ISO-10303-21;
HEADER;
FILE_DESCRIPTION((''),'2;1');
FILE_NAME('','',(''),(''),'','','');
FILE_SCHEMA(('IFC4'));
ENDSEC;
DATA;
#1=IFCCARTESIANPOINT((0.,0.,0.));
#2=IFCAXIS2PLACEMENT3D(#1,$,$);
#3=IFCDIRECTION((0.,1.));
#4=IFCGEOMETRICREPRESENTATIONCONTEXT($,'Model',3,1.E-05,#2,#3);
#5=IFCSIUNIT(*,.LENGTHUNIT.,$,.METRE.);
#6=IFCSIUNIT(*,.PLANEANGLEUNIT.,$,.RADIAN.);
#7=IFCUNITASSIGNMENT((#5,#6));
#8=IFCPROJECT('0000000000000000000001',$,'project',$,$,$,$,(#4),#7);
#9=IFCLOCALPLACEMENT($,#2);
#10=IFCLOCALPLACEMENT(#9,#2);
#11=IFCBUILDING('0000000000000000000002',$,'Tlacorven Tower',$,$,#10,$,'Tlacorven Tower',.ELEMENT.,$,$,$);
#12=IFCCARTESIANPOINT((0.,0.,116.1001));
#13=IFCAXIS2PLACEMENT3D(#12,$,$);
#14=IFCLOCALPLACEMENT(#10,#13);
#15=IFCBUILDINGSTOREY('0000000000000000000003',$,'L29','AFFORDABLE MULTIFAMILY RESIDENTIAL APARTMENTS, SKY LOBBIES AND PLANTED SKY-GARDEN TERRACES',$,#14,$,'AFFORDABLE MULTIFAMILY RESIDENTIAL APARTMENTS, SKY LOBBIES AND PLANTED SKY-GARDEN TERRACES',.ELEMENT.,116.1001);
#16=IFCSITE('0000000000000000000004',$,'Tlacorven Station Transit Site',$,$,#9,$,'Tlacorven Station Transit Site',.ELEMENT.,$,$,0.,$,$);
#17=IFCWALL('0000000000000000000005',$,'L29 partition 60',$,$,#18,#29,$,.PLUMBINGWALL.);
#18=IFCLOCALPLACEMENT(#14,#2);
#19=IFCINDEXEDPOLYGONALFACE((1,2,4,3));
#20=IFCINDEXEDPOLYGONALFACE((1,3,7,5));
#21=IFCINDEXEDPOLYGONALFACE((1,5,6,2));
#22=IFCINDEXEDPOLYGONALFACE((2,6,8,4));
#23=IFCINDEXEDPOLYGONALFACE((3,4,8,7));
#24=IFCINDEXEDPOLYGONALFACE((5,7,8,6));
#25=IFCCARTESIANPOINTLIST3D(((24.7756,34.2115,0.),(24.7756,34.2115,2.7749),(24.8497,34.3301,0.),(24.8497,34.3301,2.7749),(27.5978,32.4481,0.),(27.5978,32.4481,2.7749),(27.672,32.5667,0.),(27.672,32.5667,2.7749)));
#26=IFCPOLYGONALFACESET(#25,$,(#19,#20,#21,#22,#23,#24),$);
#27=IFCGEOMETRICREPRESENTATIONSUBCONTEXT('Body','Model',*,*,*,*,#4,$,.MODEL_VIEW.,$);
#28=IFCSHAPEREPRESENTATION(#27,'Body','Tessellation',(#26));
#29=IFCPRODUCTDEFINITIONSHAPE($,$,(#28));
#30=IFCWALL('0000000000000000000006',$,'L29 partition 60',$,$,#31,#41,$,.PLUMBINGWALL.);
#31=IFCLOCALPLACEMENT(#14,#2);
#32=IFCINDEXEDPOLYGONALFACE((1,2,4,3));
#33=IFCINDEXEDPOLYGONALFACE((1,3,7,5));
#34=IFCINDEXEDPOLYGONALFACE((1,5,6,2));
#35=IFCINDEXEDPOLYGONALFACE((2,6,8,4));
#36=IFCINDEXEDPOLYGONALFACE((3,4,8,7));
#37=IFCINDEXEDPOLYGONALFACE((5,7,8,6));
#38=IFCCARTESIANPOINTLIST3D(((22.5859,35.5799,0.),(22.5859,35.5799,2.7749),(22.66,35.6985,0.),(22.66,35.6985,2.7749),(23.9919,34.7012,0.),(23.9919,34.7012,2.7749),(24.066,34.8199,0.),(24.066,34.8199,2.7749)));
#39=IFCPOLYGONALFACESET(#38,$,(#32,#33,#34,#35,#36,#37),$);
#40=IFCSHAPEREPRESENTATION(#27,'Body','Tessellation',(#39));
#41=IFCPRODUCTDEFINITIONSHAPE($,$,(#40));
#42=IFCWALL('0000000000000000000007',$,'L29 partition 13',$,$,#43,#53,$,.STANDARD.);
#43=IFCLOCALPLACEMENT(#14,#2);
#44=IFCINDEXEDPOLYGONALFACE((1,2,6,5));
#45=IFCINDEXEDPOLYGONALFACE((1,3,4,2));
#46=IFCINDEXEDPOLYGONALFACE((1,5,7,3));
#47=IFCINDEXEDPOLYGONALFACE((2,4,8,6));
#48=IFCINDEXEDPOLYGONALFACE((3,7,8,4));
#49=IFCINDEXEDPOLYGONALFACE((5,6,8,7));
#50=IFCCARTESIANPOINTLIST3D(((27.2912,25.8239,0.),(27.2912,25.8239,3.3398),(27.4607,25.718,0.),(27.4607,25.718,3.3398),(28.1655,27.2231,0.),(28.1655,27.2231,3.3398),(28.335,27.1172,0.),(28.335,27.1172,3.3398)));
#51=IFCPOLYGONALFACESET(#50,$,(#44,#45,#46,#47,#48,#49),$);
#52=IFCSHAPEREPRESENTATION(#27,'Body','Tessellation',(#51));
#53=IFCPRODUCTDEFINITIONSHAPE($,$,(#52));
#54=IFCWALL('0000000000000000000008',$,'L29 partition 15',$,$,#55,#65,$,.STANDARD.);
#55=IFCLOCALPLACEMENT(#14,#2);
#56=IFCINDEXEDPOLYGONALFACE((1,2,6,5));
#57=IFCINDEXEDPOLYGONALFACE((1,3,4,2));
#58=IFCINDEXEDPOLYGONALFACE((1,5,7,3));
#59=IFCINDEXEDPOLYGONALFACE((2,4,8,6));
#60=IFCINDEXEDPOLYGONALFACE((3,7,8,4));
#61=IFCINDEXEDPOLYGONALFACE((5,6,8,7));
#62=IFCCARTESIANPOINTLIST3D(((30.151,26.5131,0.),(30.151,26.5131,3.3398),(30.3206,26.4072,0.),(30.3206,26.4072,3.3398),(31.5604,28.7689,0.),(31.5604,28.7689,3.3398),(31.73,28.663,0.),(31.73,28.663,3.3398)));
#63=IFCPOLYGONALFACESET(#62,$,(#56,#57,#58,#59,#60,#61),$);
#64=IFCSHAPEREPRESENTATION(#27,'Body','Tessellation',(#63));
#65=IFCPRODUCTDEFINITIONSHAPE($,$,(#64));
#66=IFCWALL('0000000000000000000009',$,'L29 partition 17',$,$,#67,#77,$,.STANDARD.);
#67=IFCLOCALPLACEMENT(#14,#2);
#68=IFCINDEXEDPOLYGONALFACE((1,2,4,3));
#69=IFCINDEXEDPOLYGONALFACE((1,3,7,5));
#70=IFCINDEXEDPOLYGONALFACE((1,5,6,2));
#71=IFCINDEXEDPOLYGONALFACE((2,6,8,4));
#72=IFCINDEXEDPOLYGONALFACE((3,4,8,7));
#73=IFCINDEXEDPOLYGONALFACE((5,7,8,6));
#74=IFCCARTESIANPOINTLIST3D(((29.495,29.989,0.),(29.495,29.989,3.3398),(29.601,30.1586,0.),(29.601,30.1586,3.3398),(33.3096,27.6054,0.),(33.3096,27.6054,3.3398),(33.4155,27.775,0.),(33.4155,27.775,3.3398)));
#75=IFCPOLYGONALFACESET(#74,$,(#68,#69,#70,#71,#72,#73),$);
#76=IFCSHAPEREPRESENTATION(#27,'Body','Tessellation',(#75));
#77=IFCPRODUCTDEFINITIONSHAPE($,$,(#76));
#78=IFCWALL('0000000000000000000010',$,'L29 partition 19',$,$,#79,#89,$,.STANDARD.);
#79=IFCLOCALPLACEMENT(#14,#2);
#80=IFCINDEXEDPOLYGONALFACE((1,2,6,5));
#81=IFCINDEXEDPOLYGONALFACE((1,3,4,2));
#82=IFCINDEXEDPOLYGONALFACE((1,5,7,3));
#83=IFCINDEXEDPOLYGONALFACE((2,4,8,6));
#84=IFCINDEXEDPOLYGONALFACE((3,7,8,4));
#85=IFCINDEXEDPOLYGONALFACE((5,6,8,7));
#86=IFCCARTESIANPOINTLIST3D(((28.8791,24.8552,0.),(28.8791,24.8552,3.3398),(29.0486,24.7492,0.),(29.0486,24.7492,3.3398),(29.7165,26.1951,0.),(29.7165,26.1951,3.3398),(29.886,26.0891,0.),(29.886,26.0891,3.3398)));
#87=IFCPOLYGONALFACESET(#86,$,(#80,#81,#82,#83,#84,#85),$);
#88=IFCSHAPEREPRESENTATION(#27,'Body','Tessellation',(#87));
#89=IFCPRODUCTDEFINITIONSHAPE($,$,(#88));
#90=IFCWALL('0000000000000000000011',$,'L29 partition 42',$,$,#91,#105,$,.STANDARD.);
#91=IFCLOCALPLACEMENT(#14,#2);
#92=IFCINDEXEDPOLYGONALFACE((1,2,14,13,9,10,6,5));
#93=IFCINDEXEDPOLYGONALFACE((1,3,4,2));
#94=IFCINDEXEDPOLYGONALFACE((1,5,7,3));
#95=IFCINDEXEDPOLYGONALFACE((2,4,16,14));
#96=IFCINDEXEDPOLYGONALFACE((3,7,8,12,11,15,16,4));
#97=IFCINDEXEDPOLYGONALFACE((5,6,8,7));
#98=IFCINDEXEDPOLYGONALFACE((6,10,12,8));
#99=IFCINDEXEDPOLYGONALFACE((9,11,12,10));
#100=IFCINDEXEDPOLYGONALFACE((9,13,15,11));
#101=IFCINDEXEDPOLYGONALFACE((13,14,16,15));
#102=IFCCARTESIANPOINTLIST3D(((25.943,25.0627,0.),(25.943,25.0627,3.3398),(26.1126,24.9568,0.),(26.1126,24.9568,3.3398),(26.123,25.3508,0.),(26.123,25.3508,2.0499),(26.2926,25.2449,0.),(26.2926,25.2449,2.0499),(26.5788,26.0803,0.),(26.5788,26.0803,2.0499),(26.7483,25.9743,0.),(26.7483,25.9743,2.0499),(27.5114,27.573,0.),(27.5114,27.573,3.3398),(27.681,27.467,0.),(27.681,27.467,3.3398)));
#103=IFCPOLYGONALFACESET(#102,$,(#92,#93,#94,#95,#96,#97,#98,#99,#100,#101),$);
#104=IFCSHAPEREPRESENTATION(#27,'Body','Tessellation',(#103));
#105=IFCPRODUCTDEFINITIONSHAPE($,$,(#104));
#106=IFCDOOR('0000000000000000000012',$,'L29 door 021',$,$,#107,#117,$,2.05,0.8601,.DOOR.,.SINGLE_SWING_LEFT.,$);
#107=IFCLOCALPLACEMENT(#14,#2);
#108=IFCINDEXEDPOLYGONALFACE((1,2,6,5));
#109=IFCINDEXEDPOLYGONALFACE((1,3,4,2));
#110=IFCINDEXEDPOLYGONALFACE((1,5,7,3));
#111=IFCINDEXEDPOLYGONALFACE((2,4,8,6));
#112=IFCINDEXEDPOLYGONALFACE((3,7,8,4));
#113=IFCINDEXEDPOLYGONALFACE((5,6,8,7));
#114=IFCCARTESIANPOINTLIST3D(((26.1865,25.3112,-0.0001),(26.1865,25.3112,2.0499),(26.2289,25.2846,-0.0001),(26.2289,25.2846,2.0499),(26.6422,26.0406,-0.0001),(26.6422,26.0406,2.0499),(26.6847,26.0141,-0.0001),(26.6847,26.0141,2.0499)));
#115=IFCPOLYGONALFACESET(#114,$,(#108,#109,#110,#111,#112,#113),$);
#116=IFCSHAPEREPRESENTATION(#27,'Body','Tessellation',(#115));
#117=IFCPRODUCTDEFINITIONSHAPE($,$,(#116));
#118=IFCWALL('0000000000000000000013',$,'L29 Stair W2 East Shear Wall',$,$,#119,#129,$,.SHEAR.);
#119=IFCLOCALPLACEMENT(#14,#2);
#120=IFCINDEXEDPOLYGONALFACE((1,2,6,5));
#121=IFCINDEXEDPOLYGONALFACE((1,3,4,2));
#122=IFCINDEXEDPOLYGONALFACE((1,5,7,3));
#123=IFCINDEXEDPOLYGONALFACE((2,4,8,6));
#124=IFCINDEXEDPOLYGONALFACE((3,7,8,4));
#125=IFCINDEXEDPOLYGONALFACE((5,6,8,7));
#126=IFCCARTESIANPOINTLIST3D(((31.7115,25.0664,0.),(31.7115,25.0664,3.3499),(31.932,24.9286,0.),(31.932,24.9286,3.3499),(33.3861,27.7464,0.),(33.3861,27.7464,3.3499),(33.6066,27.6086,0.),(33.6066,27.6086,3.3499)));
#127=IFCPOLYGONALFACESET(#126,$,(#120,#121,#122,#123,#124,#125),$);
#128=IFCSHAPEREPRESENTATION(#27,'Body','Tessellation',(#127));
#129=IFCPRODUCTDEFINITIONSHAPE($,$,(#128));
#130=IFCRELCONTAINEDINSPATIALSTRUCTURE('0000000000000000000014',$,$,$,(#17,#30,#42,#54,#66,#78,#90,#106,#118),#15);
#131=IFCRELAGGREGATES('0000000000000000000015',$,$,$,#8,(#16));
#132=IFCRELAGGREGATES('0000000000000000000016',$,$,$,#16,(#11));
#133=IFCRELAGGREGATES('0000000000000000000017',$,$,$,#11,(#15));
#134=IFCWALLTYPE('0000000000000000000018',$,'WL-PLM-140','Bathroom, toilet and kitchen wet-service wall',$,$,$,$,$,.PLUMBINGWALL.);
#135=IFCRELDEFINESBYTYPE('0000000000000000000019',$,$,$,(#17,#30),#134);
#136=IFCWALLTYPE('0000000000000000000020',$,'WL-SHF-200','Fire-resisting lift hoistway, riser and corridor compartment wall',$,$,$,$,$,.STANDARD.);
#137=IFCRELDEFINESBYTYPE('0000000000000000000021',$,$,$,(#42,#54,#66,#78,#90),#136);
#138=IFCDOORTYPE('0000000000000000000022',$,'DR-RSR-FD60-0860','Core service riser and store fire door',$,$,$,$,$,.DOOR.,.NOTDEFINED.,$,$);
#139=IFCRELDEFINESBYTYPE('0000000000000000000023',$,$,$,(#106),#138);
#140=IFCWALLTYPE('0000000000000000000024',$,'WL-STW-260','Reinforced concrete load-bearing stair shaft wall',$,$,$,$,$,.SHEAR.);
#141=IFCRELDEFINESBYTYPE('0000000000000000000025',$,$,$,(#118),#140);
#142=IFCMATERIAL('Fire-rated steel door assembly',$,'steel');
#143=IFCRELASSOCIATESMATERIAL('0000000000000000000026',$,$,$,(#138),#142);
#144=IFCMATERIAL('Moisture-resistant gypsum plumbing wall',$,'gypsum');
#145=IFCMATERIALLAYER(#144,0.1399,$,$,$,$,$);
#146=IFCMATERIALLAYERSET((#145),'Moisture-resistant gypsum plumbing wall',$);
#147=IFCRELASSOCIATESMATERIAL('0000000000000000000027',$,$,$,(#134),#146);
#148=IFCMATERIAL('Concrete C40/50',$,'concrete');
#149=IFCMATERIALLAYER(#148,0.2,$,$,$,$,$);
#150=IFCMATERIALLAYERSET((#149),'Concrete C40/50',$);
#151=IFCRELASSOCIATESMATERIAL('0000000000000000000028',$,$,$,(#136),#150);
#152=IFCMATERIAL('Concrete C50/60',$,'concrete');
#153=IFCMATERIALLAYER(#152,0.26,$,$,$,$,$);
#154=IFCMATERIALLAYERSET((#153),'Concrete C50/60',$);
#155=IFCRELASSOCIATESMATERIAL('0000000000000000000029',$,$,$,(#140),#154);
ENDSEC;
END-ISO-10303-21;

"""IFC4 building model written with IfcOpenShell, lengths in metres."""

from ifc_helpers import new_model, si_unit, direction, frame, frame_2d, origin, place, context, subcontext, project, spatial, rectangle, extrude, source, transform, mapped, material, layer, layer_set, type_object, element, fill, save


model = new_model("IFC4")

# Units and contexts
model_context = context("Model", 3, precision=1e-05, world=origin(), true_north=direction((0.0, 1.0)))
body_context = subcontext(model_context, "Body", "Model", "MODEL_VIEW")
ifc_project = project(units=[si_unit("LENGTHUNIT", "METRE"), si_unit("PLANEANGLEUNIT", "RADIAN")], contexts=[model_context])

# Site, building, storey
site_placement = place(None, origin())
site = spatial("IfcSite", under=ifc_project, at=site_placement, Name="Tlacorven Station Transit Site", LongName="Tlacorven Station Transit Site", CompositionType="ELEMENT", RefElevation=0.0)
building_placement = place(site_placement, origin())
building = spatial("IfcBuilding", under=site, at=building_placement, Name="Tlacorven Tower", LongName="Tlacorven Tower", CompositionType="ELEMENT")
storey_placement = place(building_placement, frame((0.0, 0.0, 116.1001)))
storey = spatial("IfcBuildingStorey", under=building, at=storey_placement, Name="L29", Description="AFFORDABLE MULTIFAMILY RESIDENTIAL APARTMENTS, SKY LOBBIES AND PLANTED SKY-GARDEN TERRACES", LongName="AFFORDABLE MULTIFAMILY RESIDENTIAL APARTMENTS, SKY LOBBIES AND PLANTED SKY-GARDEN TERRACES", CompositionType="ELEMENT", Elevation=116.1001)

# Shared definitions
ifc_material_1 = material(Name="Fire-rated steel door assembly", Category="steel")
door_type_1 = type_object("IfcDoorType", Name="DR-RSR-FD60-0860", Description="Core service riser and store fire door", OperationType="NOTDEFINED", PredefinedType="DOOR", material=ifc_material_1)
shared_shape_1 = source(origin(), body_context, "Body", "SweptSolid", [
    extrude(rectangle(XDim=0.8601, YDim=2.05, at=frame_2d((0.4302, 1.0249))), frame((0.0, 0.0249, 0.0), z_axis=(0.0, -1.0, 0.0), x_axis=(1.0, 0.0, 0.0)), (0.0, 0.0, 1.0), 0.05),
])

# Shared definitions
ifc_material_2 = material(Name="Moisture-resistant gypsum plumbing wall", Category="gypsum")
ifc_layer_1 = layer(ifc_material_2, 0.1399)
ifc_layer_set_1 = layer_set([ifc_layer_1], Name="Moisture-resistant gypsum plumbing wall")
wall_type_1 = type_object("IfcWallType", Name="WL-PLM-140", Description="Bathroom, toilet and kitchen wet-service wall", PredefinedType="PLUMBINGWALL", material=ifc_layer_set_1)

# Walls
wall_1_placement = place(storey_placement, frame((27.635, 32.5073, 0.0), z_axis=(0.0, 0.0, 1.0), x_axis=(-0.848064, 0.529893, 0.0)))
element("IfcWall", 1, at=wall_1_placement, inside=storey, type_object=wall_type_1, Name="L29 partition 60", PredefinedType="PLUMBINGWALL", context=body_context, shape_type="SweptSolid", body=[
    extrude(rectangle(XDim=3.3279, YDim=0.1399, at=frame_2d((1.6641, 0.0))), origin(), (0.0, 0.0, 1.0), 2.7749),
])
wall_2_placement = place(storey_placement, frame((24.0291, 34.7605, 0.0), z_axis=(0.0, 0.0, 1.0), x_axis=(-0.848023, 0.529959, 0.0)))
element("IfcWall", 2, at=wall_2_placement, inside=storey, type_object=wall_type_1, Name="L29 partition 60", PredefinedType="PLUMBINGWALL", context=body_context, shape_type="SweptSolid", body=[
    extrude(rectangle(XDim=1.658, YDim=0.1399, at=frame_2d((0.8291, 0.0))), origin(), (0.0, 0.0, 1.0), 2.7749),
])
ifc_material_3 = material(Name="Concrete C40/50", Category="concrete")
ifc_layer_2 = layer(ifc_material_3, 0.2)
ifc_layer_set_2 = layer_set([ifc_layer_2], Name="Concrete C40/50")
wall_type_2 = type_object("IfcWallType", Name="WL-SHF-200", Description="Fire-resisting lift hoistway, riser and corridor compartment wall", PredefinedType="STANDARD", material=ifc_layer_set_2)
wall_3_placement = place(storey_placement, frame((28.2502, 27.1702, 0.0), z_axis=(0.0, 0.0, 1.0), x_axis=(-0.529906, -0.848056, 0.0)))
element("IfcWall", 3, at=wall_3_placement, inside=storey, type_object=wall_type_2, Name="L29 partition 13", PredefinedType="STANDARD", context=body_context, shape_type="SweptSolid", body=[
    extrude(rectangle(XDim=1.6499, YDim=0.2, at=frame_2d((0.825, 0.0))), origin(), (0.0, 0.0, 1.0), 3.3398),
])
wall_4_placement = place(storey_placement, frame((31.6453, 28.7161, 0.0), z_axis=(0.0, 0.0, 1.0), x_axis=(-0.529867, -0.848081, 0.0)))
element("IfcWall", 4, at=wall_4_placement, inside=storey, type_object=wall_type_2, Name="L29 partition 15", PredefinedType="STANDARD", context=body_context, shape_type="SweptSolid", body=[
    extrude(rectangle(XDim=2.6599, YDim=0.2, at=frame_2d((1.3301, 0.0))), origin(), (0.0, 0.0, 1.0), 3.3398),
])
wall_5_placement = place(storey_placement, frame((33.3625, 27.6902, 0.0), z_axis=(0.0, 0.0, 1.0), x_axis=(-0.848047, 0.529921, 0.0)))
element("IfcWall", 5, at=wall_5_placement, inside=storey, type_object=wall_type_2, Name="L29 partition 17", PredefinedType="STANDARD", context=body_context, shape_type="SweptSolid", body=[
    extrude(rectangle(XDim=4.498, YDim=0.2, at=frame_2d((2.249, 0.0))), origin(), (0.0, 0.0, 1.0), 3.3398),
])
wall_6_placement = place(storey_placement, frame((29.8013, 26.1421, 0.0), z_axis=(0.0, 0.0, 1.0), x_axis=(-0.529999, -0.847998, 0.0)))
element("IfcWall", 6, at=wall_6_placement, inside=storey, type_object=wall_type_2, Name="L29 partition 19", PredefinedType="STANDARD", context=body_context, shape_type="SweptSolid", body=[
    extrude(rectangle(XDim=1.5801, YDim=0.2, at=frame_2d((0.79, 0.0))), origin(), (0.0, 0.0, 1.0), 3.3398),
])

# Wall, opening, door
wall_7_placement = place(storey_placement, frame((27.5962, 27.52, 0.0), z_axis=(0.0, 0.0, 1.0), x_axis=(-0.529865, -0.848082, 0.0)))
wall_7 = element("IfcWall", 7, at=wall_7_placement, inside=storey, type_object=wall_type_2, Name="L29 partition 42", PredefinedType="STANDARD", context=body_context, shape_type="SweptSolid", body=[
    extrude(rectangle(XDim=2.96, YDim=0.2, at=frame_2d((1.48, 0.0))), origin(), (0.0, 0.0, 1.0), 3.3398),
])
opening_1_placement = place(wall_7_placement, frame((1.76, 0.0, 0.0)))
opening_1 = element("IfcOpeningElement", 8, at=opening_1_placement, cuts=wall_7, PredefinedType="OPENING", context=body_context, shape_type="SweptSolid", body=[
    extrude(rectangle(XDim=0.8601, YDim=2.05, at=frame_2d((0.4302, 1.0249))), frame((0.0, 0.1099, 0.0), z_axis=(0.0, -1.0, 0.0), x_axis=(1.0, 0.0, 0.0)), (0.0, 0.0, 1.0), 0.22),
])
door_1_placement = place(opening_1_placement, origin())
door_1 = element("IfcDoor", 9, at=door_1_placement, inside=storey, type_object=door_type_1, Name="L29 door 021", OperationType="SINGLE_SWING_LEFT", OverallHeight=2.05, OverallWidth=0.8601, PredefinedType="DOOR", context=body_context, shape_type="MappedRepresentation", body=[
    mapped(shared_shape_1, transform((0.0, 0.0, 0.0), scale=1.0)),
])
fill(opening_1, door_1)

# Wall
ifc_material_4 = material(Name="Concrete C50/60", Category="concrete")
ifc_layer_3 = layer(ifc_material_4, 0.26)
ifc_layer_set_3 = layer_set([ifc_layer_3], Name="Concrete C50/60")
wall_type_3 = type_object("IfcWallType", Name="WL-STW-260", Description="Reinforced concrete load-bearing stair shaft wall", PredefinedType="SHEAR", material=ifc_layer_set_3)
wall_8_placement = place(storey_placement, frame((33.4963, 27.6775, 0.0), z_axis=(0.0, 0.0, 1.0), x_axis=(-0.529909, -0.848055, 0.0)))
element("IfcWall", 10, at=wall_8_placement, inside=storey, type_object=wall_type_3, Name="L29 Stair W2 East Shear Wall", PredefinedType="SHEAR", context=body_context, shape_type="SweptSolid", body=[
    extrude(rectangle(XDim=3.1602, YDim=0.26, at=frame_2d((1.5801, 0.0))), origin(), (0.0, 0.0, 1.0), 3.3499),
])

save(model, "model.ifc")
